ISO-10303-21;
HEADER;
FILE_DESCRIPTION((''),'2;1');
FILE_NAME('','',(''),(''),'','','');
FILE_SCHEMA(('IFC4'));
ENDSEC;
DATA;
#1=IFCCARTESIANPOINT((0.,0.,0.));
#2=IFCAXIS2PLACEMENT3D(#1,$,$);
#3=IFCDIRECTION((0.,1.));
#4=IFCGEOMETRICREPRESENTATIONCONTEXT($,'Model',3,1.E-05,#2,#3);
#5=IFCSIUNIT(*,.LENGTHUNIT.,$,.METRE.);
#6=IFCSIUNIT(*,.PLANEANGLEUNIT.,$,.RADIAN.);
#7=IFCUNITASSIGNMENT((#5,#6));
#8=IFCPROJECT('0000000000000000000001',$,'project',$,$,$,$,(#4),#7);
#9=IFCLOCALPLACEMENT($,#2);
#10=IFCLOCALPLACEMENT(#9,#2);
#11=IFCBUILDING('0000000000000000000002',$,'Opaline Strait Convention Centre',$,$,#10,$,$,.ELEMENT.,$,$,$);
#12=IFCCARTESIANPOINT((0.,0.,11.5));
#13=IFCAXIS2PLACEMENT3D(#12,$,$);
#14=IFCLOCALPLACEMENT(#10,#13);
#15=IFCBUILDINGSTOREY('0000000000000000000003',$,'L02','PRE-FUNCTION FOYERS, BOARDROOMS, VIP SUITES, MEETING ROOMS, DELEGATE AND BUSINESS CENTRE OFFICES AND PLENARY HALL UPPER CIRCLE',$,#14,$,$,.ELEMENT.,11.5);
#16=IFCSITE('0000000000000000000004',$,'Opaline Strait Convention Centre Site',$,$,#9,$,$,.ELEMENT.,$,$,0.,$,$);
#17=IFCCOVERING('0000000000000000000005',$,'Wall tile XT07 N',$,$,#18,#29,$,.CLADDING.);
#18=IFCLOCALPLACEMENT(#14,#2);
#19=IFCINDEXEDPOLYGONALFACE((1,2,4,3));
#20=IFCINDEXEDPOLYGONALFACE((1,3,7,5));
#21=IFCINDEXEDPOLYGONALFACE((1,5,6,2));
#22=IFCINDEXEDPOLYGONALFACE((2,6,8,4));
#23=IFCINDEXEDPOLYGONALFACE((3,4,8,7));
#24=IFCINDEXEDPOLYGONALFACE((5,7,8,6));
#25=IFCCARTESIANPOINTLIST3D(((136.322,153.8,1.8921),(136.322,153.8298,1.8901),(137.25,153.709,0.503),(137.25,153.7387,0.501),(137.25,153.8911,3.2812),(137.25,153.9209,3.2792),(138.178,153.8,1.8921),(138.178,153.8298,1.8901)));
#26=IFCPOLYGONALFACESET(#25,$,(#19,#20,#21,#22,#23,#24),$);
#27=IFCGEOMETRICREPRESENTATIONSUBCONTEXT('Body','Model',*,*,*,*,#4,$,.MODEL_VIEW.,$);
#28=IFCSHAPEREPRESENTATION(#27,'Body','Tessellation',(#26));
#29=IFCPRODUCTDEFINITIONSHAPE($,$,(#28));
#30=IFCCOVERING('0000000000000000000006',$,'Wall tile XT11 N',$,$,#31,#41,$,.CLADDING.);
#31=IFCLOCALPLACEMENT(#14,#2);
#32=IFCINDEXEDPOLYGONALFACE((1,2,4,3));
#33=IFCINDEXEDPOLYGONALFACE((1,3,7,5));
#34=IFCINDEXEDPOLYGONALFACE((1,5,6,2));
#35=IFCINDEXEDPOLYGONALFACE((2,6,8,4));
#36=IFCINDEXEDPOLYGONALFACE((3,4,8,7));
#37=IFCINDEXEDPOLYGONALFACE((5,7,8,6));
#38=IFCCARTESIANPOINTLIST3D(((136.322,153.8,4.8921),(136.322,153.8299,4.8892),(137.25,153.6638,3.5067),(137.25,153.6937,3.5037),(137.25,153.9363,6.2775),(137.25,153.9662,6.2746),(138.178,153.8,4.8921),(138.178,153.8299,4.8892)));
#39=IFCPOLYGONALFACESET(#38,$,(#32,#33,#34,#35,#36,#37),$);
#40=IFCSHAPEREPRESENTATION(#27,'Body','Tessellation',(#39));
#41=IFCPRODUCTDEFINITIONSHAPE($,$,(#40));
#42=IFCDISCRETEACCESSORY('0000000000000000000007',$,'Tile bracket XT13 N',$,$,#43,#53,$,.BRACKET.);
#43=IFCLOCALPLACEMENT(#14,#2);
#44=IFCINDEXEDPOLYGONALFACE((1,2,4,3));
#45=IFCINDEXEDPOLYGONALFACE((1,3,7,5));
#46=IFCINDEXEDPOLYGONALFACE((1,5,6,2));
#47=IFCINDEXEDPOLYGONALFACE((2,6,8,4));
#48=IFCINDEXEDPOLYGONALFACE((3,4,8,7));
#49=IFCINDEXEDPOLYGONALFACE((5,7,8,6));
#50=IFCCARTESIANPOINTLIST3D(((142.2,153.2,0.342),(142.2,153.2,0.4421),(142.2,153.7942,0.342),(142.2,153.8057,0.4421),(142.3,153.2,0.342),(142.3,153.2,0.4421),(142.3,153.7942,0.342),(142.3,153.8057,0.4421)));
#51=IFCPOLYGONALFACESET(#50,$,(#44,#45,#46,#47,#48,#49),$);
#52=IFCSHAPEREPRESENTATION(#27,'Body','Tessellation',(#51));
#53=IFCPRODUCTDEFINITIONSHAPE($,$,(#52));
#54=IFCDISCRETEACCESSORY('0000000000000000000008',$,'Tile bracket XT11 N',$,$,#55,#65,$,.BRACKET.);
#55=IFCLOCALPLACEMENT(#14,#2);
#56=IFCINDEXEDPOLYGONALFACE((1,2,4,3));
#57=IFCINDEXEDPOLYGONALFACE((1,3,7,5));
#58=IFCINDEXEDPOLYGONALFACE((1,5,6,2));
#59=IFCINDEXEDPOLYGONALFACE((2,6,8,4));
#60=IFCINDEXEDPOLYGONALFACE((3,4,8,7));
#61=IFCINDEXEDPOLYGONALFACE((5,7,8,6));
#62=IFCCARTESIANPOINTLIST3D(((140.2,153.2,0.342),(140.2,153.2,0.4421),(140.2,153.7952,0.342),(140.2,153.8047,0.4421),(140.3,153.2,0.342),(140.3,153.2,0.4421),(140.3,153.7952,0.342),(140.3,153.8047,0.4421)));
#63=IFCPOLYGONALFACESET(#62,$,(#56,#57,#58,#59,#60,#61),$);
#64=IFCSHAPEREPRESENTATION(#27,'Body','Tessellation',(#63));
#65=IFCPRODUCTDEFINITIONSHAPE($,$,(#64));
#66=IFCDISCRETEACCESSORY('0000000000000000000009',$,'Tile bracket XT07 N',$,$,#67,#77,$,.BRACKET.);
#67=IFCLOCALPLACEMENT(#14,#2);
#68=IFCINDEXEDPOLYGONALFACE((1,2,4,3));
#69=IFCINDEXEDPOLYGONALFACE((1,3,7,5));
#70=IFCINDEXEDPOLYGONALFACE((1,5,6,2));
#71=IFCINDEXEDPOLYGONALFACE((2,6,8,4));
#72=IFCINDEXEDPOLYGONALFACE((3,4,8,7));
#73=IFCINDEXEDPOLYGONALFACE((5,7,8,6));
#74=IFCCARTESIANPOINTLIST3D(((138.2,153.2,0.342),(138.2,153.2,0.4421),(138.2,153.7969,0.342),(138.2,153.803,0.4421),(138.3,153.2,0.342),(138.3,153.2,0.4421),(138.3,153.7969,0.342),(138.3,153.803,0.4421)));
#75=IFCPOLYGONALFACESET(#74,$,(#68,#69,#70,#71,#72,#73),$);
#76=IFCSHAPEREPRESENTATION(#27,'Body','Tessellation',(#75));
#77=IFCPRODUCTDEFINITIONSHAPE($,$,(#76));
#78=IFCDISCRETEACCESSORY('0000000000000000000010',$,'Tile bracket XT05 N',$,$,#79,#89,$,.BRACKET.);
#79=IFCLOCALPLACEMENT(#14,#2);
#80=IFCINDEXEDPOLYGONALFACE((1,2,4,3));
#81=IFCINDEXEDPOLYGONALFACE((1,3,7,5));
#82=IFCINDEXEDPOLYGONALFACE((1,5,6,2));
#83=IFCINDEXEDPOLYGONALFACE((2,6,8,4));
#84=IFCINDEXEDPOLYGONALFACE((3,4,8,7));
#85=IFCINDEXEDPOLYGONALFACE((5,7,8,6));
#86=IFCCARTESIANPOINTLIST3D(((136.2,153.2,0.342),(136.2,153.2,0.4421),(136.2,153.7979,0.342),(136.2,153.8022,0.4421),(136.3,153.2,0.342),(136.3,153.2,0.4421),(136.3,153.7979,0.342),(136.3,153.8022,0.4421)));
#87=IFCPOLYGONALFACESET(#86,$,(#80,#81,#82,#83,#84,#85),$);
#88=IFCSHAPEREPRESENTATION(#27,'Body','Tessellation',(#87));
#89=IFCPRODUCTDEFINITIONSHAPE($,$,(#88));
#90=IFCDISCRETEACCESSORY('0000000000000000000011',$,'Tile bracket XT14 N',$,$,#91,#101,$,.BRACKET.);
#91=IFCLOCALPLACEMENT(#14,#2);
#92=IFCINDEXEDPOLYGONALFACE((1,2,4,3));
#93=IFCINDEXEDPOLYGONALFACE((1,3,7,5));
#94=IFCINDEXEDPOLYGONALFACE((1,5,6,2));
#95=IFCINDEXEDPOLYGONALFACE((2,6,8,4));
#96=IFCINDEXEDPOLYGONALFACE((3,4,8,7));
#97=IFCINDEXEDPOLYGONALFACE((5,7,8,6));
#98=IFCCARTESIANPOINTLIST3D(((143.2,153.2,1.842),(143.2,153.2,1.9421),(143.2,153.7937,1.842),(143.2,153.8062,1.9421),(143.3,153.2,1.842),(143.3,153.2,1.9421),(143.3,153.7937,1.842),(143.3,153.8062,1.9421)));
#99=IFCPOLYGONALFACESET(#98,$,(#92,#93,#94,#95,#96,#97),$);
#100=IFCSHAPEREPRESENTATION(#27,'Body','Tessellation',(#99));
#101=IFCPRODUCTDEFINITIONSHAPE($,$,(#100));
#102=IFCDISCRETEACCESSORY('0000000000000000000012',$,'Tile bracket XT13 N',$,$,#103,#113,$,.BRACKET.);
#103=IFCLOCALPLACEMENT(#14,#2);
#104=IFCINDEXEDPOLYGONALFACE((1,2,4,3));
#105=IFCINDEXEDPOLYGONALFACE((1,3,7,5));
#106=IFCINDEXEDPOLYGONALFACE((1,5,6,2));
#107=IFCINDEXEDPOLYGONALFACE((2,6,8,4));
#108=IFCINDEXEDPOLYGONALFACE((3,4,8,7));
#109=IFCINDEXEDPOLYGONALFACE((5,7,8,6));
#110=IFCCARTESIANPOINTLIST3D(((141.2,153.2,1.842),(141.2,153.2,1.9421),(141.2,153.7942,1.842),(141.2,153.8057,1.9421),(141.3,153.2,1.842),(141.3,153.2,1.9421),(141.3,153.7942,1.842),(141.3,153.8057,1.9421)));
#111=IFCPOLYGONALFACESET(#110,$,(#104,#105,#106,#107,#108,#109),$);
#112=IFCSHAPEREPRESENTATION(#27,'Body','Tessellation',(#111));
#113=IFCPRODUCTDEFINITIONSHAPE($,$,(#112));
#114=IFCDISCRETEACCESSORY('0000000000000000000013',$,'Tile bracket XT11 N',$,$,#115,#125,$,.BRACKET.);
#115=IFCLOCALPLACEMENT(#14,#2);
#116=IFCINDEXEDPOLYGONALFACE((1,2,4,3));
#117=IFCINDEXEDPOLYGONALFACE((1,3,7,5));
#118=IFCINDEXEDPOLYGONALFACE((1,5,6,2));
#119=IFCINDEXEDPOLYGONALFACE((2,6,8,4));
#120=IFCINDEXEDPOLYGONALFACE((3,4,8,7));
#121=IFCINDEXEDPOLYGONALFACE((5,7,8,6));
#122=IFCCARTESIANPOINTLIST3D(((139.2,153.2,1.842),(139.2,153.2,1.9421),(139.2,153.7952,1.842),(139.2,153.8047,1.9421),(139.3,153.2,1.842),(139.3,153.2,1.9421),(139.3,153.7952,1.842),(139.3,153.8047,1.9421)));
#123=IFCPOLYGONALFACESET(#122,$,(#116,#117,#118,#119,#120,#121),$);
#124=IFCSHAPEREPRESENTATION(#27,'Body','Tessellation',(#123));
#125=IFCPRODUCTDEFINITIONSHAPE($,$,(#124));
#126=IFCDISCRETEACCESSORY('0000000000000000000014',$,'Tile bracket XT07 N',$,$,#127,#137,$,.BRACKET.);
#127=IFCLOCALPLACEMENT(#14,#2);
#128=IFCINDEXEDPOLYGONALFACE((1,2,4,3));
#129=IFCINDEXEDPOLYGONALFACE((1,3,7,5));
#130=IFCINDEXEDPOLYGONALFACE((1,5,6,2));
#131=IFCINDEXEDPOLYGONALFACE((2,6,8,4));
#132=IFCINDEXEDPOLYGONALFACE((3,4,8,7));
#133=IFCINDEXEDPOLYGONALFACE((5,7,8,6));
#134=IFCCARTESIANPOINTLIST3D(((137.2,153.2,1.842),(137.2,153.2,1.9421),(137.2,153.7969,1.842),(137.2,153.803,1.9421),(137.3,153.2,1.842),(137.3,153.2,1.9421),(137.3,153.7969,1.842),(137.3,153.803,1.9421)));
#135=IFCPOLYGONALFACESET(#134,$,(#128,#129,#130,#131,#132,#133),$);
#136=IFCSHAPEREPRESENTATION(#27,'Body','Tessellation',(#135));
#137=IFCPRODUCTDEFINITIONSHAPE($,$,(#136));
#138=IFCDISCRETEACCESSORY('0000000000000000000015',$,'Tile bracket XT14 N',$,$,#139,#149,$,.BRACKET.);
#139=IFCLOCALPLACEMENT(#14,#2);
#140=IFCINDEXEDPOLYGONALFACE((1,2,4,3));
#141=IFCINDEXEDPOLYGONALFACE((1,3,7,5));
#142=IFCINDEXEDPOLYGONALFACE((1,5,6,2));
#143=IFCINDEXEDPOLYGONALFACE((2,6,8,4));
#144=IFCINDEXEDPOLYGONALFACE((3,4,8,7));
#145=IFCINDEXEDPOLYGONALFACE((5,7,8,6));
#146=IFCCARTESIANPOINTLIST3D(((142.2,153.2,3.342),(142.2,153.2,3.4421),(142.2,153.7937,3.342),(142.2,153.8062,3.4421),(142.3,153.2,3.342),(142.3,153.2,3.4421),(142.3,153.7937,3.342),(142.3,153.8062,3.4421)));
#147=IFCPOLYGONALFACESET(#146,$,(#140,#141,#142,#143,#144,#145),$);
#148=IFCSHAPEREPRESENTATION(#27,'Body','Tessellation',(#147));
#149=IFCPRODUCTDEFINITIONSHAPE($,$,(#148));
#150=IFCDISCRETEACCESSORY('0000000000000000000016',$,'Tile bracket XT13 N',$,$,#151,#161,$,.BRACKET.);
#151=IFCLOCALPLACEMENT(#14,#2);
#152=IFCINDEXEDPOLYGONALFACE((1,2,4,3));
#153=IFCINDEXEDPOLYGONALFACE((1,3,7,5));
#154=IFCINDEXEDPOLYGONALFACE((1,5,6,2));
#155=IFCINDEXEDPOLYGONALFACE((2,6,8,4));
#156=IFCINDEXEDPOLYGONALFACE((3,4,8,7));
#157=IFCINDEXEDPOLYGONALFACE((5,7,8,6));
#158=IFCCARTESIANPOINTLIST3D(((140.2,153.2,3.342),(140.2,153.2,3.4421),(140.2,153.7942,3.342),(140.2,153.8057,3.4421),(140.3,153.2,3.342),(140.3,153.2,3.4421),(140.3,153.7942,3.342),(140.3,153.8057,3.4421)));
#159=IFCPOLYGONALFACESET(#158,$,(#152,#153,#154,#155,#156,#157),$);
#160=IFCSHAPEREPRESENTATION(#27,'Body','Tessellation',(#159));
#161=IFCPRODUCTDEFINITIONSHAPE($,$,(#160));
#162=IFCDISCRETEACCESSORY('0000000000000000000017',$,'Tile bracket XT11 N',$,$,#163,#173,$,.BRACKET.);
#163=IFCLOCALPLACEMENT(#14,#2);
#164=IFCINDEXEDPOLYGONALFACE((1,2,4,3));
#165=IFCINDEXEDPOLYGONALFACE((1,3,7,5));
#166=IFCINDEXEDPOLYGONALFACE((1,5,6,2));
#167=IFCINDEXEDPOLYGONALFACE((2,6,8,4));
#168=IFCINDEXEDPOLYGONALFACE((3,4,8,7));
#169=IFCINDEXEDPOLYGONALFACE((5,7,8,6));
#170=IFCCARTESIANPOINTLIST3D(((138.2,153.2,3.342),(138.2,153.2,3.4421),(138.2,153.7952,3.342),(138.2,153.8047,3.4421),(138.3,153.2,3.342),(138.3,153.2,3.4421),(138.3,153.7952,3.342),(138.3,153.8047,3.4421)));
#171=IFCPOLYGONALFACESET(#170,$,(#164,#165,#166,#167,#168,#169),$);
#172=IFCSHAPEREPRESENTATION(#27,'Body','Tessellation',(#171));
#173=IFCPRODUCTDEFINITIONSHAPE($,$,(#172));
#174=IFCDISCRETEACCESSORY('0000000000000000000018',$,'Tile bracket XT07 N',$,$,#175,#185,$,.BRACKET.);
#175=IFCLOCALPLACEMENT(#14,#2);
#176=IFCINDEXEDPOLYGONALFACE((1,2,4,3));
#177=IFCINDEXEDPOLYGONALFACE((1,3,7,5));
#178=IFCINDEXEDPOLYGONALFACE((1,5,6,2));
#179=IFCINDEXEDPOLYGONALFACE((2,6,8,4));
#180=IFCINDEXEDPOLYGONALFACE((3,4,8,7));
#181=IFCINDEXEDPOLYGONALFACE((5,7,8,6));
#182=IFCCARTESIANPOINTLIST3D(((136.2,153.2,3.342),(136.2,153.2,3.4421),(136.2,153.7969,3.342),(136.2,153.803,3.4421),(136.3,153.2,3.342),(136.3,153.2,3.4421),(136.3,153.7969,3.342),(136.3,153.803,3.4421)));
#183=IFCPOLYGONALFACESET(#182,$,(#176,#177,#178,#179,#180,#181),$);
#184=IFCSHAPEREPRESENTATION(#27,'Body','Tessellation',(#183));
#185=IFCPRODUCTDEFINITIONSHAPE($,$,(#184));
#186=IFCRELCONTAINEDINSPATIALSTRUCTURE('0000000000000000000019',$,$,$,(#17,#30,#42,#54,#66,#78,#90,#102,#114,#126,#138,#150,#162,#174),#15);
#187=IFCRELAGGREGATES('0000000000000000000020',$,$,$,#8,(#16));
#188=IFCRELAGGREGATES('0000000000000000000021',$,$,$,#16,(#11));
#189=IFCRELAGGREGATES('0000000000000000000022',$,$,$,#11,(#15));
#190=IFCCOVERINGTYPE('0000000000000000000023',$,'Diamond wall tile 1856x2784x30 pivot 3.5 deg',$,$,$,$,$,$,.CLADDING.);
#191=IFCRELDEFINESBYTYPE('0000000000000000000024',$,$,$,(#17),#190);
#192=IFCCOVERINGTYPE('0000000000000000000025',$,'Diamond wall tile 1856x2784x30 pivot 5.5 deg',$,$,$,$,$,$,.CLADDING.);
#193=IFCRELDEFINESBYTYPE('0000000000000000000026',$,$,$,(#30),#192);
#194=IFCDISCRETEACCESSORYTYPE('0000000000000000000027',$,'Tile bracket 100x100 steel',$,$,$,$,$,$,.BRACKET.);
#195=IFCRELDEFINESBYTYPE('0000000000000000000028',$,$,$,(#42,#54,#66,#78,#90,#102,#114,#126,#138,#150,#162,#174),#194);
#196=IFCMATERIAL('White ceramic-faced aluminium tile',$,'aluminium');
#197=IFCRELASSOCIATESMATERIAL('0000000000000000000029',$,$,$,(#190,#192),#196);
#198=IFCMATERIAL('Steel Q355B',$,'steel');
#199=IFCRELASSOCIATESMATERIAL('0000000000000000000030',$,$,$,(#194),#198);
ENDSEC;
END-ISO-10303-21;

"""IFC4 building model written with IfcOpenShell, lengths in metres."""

from ifc_helpers import new_model, si_unit, direction, frame, origin, place, context, subcontext, project, spatial, polyline, outline, extrude, material, material_profile, profile_set, type_object, element, save


model = new_model("IFC4")

# Units and contexts
model_context = context("Model", 3, precision=1e-05, world=origin(), true_north=direction((0.0, 1.0)))
body_context = subcontext(model_context, "Body", "Model", "MODEL_VIEW")
ifc_project = project(units=[si_unit("LENGTHUNIT", "METRE"), si_unit("PLANEANGLEUNIT", "RADIAN")], contexts=[model_context])

# Site, building, storey
site_placement = place(None, origin())
site = spatial("IfcSite", under=ifc_project, at=site_placement, Name="Opaline Strait Convention Centre Site", CompositionType="ELEMENT", RefElevation=0.0)
building_placement = place(site_placement, origin())
building = spatial("IfcBuilding", under=site, at=building_placement, Name="Opaline Strait Convention Centre", CompositionType="ELEMENT")
storey_placement = place(building_placement, frame((0.0, 0.0, 11.5)))
storey = spatial("IfcBuildingStorey", under=building, at=storey_placement, Name="L02", Description="PRE-FUNCTION FOYERS, BOARDROOMS, VIP SUITES, MEETING ROOMS, DELEGATE AND BUSINESS CENTRE OFFICES AND PLENARY HALL UPPER CIRCLE", CompositionType="ELEMENT", Elevation=11.5)

# Coverings
ifc_material_1 = material(Name="White ceramic-faced aluminium tile", Category="aluminium")
ifc_material_profile_1 = material_profile(ifc_material_1, outline(polyline([(0.928, 0.0), (0.0, 1.3921), (-0.928, 0.0), (0.0, -1.3921), (0.928, 0.0)])), Name="Diamond tile 1856x2784")
ifc_profile_set_1 = profile_set([ifc_material_profile_1], Name="White ceramic-faced aluminium tile")
covering_type_1 = type_object("IfcCoveringType", Name="Diamond wall tile 1856x2784x30 pivot 3.5 deg", PredefinedType="CLADDING", material=ifc_profile_set_1)
covering_1_placement = place(storey_placement, frame((137.25, 153.8, 1.8921), z_axis=(0.0, 0.997857, -0.065433), x_axis=(-1.0, 0.0, 0.0)))
element("IfcCovering", 1, at=covering_1_placement, inside=storey, type_object=covering_type_1, Name="Wall tile XT07 N", PredefinedType="CLADDING", context=body_context, shape_type="SweptSolid", body=[
    extrude(outline(polyline([(0.928, 0.0), (0.0, 1.3921), (-0.928, 0.0), (0.0, -1.3921), (0.928, 0.0)])), origin(), (0.0, 0.0, 1.0), 0.0298),
])
ifc_material_profile_2 = material_profile(ifc_material_1, outline(polyline([(0.928, 0.0), (0.0, 1.3921), (-0.928, 0.0), (0.0, -1.3921), (0.928, 0.0)])), Name="Diamond tile 1856x2784")
ifc_profile_set_2 = profile_set([ifc_material_profile_2], Name="White ceramic-faced aluminium tile")
covering_type_2 = type_object("IfcCoveringType", Name="Diamond wall tile 1856x2784x30 pivot 5.5 deg", PredefinedType="CLADDING", material=ifc_profile_set_2)
covering_2_placement = place(storey_placement, frame((137.25, 153.8, 4.8921), z_axis=(0.0, 0.995197, -0.097888), x_axis=(-1.0, 0.0, 0.0)))
element("IfcCovering", 2, at=covering_2_placement, inside=storey, type_object=covering_type_2, Name="Wall tile XT11 N", PredefinedType="CLADDING", context=body_context, shape_type="SweptSolid", body=[
    extrude(outline(polyline([(0.928, 0.0), (0.0, 1.3921), (-0.928, 0.0), (0.0, -1.3921), (0.928, 0.0)])), origin(), (0.0, 0.0, 1.0), 0.03),
])

# Discrete accessories
ifc_material_2 = material(Name="Steel Q355B", Category="steel")
discrete_accessory_type = type_object("IfcDiscreteAccessoryType", Name="Tile bracket 100x100 steel", PredefinedType="BRACKET", material=ifc_material_2)
discrete_accessory_1_placement = place(storey_placement, frame((142.3, 153.2, 0.3921), z_axis=(-1.0, 0.0, 0.0), x_axis=(0.0, -1.0, 0.0)))
element("IfcDiscreteAccessory", 3, at=discrete_accessory_1_placement, inside=storey, type_object=discrete_accessory_type, Name="Tile bracket XT13 N", PredefinedType="BRACKET", context=body_context, shape_type="SweptSolid", body=[
    extrude(outline(polyline([(0.0, -0.05), (0.0, 0.05), (-0.6057, 0.05), (-0.5942, -0.05), (0.0, -0.05)])), origin(), (0.0, 0.0, 1.0), 0.1001),
])
discrete_accessory_2_placement = place(storey_placement, frame((140.3, 153.2, 0.3921), z_axis=(-1.0, 0.0, 0.0), x_axis=(0.0, -1.0, 0.0)))
element("IfcDiscreteAccessory", 4, at=discrete_accessory_2_placement, inside=storey, type_object=discrete_accessory_type, Name="Tile bracket XT11 N", PredefinedType="BRACKET", context=body_context, shape_type="SweptSolid", body=[
    extrude(outline(polyline([(0.0, -0.05), (0.0, 0.05), (-0.6047, 0.05), (-0.5952, -0.05), (0.0, -0.05)])), origin(), (0.0, 0.0, 1.0), 0.1001),
])
discrete_accessory_3_placement = place(storey_placement, frame((138.3, 153.2, 0.3921), z_axis=(-1.0, 0.0, 0.0), x_axis=(0.0, -1.0, 0.0)))
element("IfcDiscreteAccessory", 5, at=discrete_accessory_3_placement, inside=storey, type_object=discrete_accessory_type, Name="Tile bracket XT07 N", PredefinedType="BRACKET", context=body_context, shape_type="SweptSolid", body=[
    extrude(outline(polyline([(0.0, -0.05), (0.0, 0.05), (-0.603, 0.05), (-0.5969, -0.05), (0.0, -0.05)])), origin(), (0.0, 0.0, 1.0), 0.1001),
])
discrete_accessory_4_placement = place(storey_placement, frame((136.3, 153.2, 0.3921), z_axis=(-1.0, 0.0, 0.0), x_axis=(0.0, -1.0, 0.0)))
element("IfcDiscreteAccessory", 6, at=discrete_accessory_4_placement, inside=storey, type_object=discrete_accessory_type, Name="Tile bracket XT05 N", PredefinedType="BRACKET", context=body_context, shape_type="SweptSolid", body=[
    extrude(outline(polyline([(0.0, -0.05), (0.0, 0.05), (-0.6023, 0.05), (-0.5979, -0.05), (0.0, -0.05)])), origin(), (0.0, 0.0, 1.0), 0.1001),
])
discrete_accessory_5_placement = place(storey_placement, frame((143.3, 153.2, 1.8921), z_axis=(-1.0, 0.0, 0.0), x_axis=(0.0, -1.0, 0.0)))
element("IfcDiscreteAccessory", 7, at=discrete_accessory_5_placement, inside=storey, type_object=discrete_accessory_type, Name="Tile bracket XT14 N", PredefinedType="BRACKET", context=body_context, shape_type="SweptSolid", body=[
    extrude(outline(polyline([(0.0, -0.05), (0.0, 0.05), (-0.6062, 0.05), (-0.5938, -0.05), (0.0, -0.05)])), origin(), (0.0, 0.0, 1.0), 0.1001),
])
discrete_accessory_6_placement = place(storey_placement, frame((141.3, 153.2, 1.8921), z_axis=(-1.0, 0.0, 0.0), x_axis=(0.0, -1.0, 0.0)))
element("IfcDiscreteAccessory", 8, at=discrete_accessory_6_placement, inside=storey, type_object=discrete_accessory_type, Name="Tile bracket XT13 N", PredefinedType="BRACKET", context=body_context, shape_type="SweptSolid", body=[
    extrude(outline(polyline([(0.0, -0.05), (0.0, 0.05), (-0.6057, 0.05), (-0.5942, -0.05), (0.0, -0.05)])), origin(), (0.0, 0.0, 1.0), 0.1001),
])
discrete_accessory_7_placement = place(storey_placement, frame((139.3, 153.2, 1.8921), z_axis=(-1.0, 0.0, 0.0), x_axis=(0.0, -1.0, 0.0)))
element("IfcDiscreteAccessory", 9, at=discrete_accessory_7_placement, inside=storey, type_object=discrete_accessory_type, Name="Tile bracket XT11 N", PredefinedType="BRACKET", context=body_context, shape_type="SweptSolid", body=[
    extrude(outline(polyline([(0.0, -0.05), (0.0, 0.05), (-0.6047, 0.05), (-0.5952, -0.05), (0.0, -0.05)])), origin(), (0.0, 0.0, 1.0), 0.1001),
])
discrete_accessory_8_placement = place(storey_placement, frame((137.3, 153.2, 1.8921), z_axis=(-1.0, 0.0, 0.0), x_axis=(0.0, -1.0, 0.0)))
element("IfcDiscreteAccessory", 10, at=discrete_accessory_8_placement, inside=storey, type_object=discrete_accessory_type, Name="Tile bracket XT07 N", PredefinedType="BRACKET", context=body_context, shape_type="SweptSolid", body=[
    extrude(outline(polyline([(0.0, -0.05), (0.0, 0.05), (-0.603, 0.05), (-0.5969, -0.05), (0.0, -0.05)])), origin(), (0.0, 0.0, 1.0), 0.1001),
])
discrete_accessory_9_placement = place(storey_placement, frame((142.3, 153.2, 3.3921), z_axis=(-1.0, 0.0, 0.0), x_axis=(0.0, -1.0, 0.0)))
element("IfcDiscreteAccessory", 11, at=discrete_accessory_9_placement, inside=storey, type_object=discrete_accessory_type, Name="Tile bracket XT14 N", PredefinedType="BRACKET", context=body_context, shape_type="SweptSolid", body=[
    extrude(outline(polyline([(0.0, -0.05), (0.0, 0.05), (-0.6062, 0.05), (-0.5938, -0.05), (0.0, -0.05)])), origin(), (0.0, 0.0, 1.0), 0.1001),
])
discrete_accessory_10_placement = place(storey_placement, frame((140.3, 153.2, 3.3921), z_axis=(-1.0, 0.0, 0.0), x_axis=(0.0, -1.0, 0.0)))
element("IfcDiscreteAccessory", 12, at=discrete_accessory_10_placement, inside=storey, type_object=discrete_accessory_type, Name="Tile bracket XT13 N", PredefinedType="BRACKET", context=body_context, shape_type="SweptSolid", body=[
    extrude(outline(polyline([(0.0, -0.05), (0.0, 0.05), (-0.6057, 0.05), (-0.5942, -0.05), (0.0, -0.05)])), origin(), (0.0, 0.0, 1.0), 0.1001),
])
discrete_accessory_11_placement = place(storey_placement, frame((138.3, 153.2, 3.3921), z_axis=(-1.0, 0.0, 0.0), x_axis=(0.0, -1.0, 0.0)))
element("IfcDiscreteAccessory", 13, at=discrete_accessory_11_placement, inside=storey, type_object=discrete_accessory_type, Name="Tile bracket XT11 N", PredefinedType="BRACKET", context=body_context, shape_type="SweptSolid", body=[
    extrude(outline(polyline([(0.0, -0.05), (0.0, 0.05), (-0.6047, 0.05), (-0.5952, -0.05), (0.0, -0.05)])), origin(), (0.0, 0.0, 1.0), 0.1001),
])
discrete_accessory_12_placement = place(storey_placement, frame((136.3, 153.2, 3.3921), z_axis=(-1.0, 0.0, 0.0), x_axis=(0.0, -1.0, 0.0)))
element("IfcDiscreteAccessory", 14, at=discrete_accessory_12_placement, inside=storey, type_object=discrete_accessory_type, Name="Tile bracket XT07 N", PredefinedType="BRACKET", context=body_context, shape_type="SweptSolid", body=[
    extrude(outline(polyline([(0.0, -0.05), (0.0, 0.05), (-0.603, 0.05), (-0.5969, -0.05), (0.0, -0.05)])), origin(), (0.0, 0.0, 1.0), 0.1001),
])

save(model, "model.ifc")
